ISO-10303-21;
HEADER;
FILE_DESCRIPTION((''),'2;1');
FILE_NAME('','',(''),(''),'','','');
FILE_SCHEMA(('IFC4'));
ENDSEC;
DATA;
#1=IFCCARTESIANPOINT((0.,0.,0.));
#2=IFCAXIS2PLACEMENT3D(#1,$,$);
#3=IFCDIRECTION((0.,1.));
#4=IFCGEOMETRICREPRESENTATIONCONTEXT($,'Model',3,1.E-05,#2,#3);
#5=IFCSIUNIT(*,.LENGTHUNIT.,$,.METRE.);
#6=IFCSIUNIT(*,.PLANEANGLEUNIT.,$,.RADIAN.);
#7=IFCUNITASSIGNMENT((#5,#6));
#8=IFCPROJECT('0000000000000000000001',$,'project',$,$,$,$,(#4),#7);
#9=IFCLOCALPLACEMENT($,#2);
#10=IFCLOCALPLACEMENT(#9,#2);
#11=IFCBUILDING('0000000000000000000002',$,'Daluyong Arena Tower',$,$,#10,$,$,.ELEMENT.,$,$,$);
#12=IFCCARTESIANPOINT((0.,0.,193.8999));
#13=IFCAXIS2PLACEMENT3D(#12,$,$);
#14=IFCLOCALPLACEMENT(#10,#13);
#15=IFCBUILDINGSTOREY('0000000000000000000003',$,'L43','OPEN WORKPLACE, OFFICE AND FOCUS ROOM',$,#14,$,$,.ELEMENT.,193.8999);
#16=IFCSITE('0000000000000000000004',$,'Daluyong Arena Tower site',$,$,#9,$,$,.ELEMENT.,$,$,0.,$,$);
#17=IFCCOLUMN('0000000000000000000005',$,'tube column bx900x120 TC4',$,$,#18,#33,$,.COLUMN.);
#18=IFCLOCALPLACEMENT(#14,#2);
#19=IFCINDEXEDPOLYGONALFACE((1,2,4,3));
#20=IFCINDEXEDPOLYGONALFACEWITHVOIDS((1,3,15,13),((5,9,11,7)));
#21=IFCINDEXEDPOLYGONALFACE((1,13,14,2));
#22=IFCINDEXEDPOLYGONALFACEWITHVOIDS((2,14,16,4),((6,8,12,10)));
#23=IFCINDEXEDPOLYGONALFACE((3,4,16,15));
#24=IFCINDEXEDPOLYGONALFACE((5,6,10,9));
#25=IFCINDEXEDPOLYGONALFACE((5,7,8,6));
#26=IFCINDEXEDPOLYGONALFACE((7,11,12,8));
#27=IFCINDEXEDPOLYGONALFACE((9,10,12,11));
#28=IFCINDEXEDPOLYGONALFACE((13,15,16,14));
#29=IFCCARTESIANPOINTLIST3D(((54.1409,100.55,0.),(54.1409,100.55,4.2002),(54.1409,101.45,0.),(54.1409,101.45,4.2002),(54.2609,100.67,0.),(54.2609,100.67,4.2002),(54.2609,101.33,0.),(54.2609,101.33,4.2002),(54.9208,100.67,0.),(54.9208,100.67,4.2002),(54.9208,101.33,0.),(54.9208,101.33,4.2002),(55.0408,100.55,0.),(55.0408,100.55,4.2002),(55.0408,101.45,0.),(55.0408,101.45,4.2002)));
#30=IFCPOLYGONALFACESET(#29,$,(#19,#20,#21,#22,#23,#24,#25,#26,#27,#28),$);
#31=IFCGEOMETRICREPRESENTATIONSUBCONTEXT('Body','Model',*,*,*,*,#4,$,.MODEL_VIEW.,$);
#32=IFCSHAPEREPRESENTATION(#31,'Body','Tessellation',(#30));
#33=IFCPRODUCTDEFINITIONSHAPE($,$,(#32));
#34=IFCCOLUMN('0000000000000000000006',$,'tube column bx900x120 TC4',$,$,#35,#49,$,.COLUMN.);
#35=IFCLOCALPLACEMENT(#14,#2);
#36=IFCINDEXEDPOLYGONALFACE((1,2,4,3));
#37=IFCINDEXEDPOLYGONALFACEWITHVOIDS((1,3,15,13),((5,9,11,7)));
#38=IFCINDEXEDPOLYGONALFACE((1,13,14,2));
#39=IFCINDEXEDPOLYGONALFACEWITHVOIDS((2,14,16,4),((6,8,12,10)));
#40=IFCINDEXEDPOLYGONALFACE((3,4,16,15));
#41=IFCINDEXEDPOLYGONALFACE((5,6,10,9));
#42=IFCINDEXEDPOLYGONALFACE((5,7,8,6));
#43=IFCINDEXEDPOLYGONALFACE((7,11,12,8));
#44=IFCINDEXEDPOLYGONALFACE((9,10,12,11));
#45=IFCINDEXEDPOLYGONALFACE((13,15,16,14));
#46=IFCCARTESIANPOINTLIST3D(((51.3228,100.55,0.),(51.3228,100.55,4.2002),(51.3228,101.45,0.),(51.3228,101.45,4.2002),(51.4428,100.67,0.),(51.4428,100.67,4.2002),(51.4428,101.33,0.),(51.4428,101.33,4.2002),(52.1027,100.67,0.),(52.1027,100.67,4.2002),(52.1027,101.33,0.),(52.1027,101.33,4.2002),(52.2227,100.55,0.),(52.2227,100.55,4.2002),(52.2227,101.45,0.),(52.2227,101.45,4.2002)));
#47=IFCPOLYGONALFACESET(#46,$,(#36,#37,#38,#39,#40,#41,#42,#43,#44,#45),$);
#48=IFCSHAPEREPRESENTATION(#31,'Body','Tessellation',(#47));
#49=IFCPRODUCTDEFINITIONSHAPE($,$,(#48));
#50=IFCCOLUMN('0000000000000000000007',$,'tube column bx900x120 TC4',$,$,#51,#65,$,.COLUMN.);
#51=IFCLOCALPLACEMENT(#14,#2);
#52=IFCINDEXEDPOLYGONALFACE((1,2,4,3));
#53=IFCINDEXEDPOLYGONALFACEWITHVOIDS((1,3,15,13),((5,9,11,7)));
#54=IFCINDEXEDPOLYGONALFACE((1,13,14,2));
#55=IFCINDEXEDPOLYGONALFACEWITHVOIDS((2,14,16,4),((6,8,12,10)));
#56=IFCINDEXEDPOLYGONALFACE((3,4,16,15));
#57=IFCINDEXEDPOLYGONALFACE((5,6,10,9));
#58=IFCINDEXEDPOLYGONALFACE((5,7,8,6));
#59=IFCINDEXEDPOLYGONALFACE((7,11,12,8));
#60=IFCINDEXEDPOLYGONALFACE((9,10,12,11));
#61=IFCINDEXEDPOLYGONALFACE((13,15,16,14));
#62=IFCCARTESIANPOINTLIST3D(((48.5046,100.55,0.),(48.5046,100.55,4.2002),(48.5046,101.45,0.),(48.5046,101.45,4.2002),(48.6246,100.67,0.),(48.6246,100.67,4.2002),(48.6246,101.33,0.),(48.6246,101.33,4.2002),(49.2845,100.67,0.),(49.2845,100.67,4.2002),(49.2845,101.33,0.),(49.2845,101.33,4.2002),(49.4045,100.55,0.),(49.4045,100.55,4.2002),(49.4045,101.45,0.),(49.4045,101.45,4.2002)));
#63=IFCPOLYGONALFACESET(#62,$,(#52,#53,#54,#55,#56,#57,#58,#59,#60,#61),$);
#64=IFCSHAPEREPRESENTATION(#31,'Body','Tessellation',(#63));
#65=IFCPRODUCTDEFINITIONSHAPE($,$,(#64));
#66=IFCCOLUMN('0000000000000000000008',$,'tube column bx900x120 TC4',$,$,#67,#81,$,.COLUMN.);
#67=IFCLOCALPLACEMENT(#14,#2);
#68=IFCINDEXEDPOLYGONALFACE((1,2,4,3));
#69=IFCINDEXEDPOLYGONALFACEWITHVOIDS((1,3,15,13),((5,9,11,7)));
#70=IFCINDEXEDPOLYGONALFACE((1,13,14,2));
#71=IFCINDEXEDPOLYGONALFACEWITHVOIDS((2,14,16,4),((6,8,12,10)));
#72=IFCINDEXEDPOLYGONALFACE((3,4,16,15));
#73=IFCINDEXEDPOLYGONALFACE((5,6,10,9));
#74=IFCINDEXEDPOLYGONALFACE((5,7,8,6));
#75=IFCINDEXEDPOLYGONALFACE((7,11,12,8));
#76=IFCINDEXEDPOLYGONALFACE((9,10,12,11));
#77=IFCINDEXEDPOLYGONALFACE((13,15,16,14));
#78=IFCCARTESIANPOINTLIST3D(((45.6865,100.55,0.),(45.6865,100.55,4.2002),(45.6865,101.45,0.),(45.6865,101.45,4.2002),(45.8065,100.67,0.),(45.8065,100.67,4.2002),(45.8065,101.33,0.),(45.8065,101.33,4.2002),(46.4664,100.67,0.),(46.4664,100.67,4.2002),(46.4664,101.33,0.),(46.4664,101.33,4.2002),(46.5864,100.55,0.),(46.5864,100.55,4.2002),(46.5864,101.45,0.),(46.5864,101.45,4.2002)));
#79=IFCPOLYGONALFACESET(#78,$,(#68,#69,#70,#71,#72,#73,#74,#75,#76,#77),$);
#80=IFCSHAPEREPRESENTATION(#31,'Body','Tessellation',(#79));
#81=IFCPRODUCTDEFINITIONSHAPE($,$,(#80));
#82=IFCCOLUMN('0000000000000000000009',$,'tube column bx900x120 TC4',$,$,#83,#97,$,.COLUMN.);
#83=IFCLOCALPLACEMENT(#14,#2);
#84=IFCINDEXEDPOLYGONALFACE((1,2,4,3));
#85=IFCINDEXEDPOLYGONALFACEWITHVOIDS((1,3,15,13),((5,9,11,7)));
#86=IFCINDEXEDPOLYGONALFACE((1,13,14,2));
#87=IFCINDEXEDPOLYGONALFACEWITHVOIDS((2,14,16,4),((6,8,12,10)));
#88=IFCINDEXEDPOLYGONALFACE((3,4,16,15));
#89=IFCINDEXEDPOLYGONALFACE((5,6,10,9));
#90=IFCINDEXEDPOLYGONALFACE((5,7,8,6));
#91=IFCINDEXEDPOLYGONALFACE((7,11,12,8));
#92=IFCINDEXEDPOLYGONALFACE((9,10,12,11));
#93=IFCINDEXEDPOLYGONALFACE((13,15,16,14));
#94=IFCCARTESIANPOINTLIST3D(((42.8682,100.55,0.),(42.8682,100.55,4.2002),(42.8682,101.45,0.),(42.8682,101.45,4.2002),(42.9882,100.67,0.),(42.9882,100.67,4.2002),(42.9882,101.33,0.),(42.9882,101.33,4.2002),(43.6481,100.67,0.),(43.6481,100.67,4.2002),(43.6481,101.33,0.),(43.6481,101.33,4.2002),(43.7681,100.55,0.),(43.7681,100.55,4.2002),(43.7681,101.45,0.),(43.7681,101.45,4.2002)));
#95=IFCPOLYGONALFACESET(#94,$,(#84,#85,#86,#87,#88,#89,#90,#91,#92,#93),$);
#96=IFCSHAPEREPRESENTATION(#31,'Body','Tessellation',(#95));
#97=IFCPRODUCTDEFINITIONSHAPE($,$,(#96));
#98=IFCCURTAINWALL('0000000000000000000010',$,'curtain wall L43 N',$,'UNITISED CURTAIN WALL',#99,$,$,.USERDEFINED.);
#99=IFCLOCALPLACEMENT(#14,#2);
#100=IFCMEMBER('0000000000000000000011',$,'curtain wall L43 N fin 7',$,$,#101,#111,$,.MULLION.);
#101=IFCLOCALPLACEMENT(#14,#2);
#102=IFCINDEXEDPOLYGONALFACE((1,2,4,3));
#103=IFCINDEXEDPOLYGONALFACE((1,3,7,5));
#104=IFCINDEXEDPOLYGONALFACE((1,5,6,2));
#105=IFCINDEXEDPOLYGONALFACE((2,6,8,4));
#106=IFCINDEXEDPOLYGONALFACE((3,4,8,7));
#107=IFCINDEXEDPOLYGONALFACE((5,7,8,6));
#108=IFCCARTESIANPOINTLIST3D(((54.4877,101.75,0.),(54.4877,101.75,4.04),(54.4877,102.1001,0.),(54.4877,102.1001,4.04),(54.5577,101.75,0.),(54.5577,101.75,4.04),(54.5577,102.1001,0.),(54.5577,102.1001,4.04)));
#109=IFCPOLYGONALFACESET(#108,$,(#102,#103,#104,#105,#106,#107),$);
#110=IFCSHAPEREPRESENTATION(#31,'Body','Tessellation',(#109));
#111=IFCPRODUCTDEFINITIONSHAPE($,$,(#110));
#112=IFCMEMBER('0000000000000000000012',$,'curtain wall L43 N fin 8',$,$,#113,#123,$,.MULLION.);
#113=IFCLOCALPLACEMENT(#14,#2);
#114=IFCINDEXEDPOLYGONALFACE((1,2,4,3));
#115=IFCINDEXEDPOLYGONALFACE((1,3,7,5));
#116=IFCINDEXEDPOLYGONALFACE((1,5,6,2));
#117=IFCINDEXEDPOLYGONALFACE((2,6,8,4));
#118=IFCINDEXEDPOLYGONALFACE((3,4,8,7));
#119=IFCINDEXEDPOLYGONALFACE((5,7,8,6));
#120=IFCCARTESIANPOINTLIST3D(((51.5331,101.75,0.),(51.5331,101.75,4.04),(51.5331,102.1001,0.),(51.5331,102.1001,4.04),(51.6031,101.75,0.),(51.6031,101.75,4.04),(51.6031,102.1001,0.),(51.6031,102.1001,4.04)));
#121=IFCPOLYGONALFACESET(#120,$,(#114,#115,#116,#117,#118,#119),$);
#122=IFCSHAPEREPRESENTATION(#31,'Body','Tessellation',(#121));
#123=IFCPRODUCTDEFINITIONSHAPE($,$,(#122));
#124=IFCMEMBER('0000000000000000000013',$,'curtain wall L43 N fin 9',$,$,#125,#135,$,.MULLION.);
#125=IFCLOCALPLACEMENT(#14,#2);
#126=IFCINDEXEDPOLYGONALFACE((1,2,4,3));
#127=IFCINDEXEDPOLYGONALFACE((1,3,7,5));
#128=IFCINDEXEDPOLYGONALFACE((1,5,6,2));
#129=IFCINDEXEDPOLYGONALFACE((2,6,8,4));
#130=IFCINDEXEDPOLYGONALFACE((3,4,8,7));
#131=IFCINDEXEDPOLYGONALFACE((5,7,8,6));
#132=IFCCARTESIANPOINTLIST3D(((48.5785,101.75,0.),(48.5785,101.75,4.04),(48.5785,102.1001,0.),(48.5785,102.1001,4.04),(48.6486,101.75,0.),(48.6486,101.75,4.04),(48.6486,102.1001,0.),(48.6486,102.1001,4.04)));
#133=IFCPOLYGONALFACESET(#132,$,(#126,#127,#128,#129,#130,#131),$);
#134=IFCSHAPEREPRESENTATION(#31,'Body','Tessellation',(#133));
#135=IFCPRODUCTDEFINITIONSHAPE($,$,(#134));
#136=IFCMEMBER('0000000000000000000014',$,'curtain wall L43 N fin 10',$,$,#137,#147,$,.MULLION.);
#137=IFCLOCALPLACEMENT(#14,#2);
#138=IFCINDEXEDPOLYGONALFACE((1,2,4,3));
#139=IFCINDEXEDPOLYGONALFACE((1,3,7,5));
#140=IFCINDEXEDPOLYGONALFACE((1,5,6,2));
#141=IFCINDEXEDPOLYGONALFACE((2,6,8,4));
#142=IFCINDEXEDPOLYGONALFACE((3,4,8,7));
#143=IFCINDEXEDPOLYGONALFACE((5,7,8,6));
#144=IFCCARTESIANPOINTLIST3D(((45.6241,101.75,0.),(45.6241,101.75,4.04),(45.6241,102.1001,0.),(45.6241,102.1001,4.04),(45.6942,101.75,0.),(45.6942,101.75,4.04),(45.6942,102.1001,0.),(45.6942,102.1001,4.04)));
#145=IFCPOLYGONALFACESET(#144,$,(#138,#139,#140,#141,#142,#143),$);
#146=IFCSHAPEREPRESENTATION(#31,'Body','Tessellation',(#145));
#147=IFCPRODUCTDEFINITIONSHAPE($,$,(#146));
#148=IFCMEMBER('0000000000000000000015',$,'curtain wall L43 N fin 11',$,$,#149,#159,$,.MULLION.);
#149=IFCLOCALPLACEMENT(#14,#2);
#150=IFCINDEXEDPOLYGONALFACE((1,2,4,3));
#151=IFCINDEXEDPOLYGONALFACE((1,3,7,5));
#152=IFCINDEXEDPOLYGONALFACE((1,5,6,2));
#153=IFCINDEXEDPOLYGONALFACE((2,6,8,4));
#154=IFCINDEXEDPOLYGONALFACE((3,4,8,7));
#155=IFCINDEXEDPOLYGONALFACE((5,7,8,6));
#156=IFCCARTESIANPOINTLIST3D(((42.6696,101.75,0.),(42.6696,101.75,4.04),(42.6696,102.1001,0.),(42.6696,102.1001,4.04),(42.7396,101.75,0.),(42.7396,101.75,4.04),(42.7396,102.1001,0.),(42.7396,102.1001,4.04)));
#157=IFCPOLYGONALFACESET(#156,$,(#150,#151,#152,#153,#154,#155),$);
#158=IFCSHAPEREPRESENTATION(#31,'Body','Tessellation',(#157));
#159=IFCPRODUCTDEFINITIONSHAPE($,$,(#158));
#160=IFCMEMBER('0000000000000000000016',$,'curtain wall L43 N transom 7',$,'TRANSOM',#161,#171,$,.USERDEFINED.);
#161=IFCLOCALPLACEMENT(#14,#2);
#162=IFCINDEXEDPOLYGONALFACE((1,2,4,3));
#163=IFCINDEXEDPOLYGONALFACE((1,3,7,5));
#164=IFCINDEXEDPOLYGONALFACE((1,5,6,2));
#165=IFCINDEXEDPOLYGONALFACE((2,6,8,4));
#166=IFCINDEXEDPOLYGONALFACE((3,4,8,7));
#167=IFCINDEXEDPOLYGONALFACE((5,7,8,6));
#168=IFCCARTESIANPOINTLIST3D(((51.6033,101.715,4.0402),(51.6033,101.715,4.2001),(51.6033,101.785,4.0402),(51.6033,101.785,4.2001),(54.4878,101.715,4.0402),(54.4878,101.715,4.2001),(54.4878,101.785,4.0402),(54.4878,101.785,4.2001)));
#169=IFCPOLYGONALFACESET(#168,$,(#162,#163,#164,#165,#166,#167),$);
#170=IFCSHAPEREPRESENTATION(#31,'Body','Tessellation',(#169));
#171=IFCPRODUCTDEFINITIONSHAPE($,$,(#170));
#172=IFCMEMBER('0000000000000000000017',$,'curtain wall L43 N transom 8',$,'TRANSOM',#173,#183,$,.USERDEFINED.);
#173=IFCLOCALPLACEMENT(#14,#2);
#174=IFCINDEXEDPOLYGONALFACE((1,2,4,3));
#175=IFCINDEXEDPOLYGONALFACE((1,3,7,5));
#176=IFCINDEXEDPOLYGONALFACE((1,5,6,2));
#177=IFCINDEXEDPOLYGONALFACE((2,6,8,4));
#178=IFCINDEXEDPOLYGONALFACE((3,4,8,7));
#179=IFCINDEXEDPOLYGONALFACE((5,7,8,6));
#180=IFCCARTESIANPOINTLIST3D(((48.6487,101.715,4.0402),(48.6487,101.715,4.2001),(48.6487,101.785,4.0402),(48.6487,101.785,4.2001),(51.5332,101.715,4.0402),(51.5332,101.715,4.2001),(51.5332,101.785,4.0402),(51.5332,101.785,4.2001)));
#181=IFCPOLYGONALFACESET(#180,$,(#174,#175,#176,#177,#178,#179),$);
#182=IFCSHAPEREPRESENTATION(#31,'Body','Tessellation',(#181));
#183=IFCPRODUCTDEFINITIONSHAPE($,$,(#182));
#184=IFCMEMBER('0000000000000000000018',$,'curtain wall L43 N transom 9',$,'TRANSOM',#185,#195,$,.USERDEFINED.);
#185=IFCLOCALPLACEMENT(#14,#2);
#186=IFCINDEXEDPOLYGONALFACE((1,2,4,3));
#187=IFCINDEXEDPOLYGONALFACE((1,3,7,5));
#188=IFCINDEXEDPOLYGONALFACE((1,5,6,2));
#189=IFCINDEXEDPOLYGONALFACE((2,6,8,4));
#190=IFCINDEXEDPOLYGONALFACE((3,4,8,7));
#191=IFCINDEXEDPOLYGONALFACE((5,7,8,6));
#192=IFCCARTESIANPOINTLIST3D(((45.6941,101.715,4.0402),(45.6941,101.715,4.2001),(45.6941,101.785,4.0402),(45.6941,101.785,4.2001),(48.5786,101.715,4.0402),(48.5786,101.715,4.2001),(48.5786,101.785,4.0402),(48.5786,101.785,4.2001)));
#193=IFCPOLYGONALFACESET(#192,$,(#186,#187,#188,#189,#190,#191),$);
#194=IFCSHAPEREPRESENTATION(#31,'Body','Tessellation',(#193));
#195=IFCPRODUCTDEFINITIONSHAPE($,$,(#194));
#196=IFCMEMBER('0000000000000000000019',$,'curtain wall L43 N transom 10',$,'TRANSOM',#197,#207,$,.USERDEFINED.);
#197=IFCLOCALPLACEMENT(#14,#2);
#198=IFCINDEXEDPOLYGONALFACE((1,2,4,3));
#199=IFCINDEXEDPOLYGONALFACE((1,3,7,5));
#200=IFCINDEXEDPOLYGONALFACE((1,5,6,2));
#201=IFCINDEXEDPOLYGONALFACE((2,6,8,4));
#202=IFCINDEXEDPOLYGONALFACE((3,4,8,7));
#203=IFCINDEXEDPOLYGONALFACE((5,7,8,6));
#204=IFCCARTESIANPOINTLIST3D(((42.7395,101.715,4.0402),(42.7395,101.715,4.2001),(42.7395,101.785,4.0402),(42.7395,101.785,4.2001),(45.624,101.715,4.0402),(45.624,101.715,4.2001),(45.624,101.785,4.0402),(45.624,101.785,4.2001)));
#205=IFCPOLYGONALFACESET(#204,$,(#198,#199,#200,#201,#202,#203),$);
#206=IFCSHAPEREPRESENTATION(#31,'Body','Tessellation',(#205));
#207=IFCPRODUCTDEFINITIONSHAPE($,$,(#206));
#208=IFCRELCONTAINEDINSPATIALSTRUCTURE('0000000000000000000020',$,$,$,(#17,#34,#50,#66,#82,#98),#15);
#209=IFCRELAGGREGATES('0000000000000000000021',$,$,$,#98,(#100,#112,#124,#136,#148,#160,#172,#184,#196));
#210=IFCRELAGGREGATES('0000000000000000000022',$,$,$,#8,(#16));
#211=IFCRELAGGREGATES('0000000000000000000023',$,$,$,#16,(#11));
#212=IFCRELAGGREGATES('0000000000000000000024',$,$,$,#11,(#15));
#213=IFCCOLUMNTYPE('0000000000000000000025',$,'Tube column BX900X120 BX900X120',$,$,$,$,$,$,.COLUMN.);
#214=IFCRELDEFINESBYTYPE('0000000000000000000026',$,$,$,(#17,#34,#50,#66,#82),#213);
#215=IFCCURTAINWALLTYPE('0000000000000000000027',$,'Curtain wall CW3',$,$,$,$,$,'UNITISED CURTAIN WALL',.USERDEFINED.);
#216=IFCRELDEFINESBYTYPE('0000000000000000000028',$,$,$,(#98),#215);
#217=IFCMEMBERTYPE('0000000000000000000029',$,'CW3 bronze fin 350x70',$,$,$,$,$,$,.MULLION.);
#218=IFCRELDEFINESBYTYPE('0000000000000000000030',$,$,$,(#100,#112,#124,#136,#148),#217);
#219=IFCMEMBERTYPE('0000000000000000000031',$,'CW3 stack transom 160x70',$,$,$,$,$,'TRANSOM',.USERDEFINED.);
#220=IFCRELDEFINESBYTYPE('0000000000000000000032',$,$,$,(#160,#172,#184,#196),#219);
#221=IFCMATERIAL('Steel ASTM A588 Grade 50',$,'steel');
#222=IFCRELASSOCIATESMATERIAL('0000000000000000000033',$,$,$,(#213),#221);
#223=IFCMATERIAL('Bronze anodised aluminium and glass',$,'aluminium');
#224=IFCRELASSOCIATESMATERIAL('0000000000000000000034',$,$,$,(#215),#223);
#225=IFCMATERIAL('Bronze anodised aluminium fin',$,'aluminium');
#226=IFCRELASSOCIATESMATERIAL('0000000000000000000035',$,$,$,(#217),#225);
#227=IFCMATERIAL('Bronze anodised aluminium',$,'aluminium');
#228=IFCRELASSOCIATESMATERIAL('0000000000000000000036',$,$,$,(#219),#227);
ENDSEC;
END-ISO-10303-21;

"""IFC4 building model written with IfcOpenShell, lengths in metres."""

from ifc_helpers import new_model, si_unit, direction, frame, origin, origin_2d, place, context, subcontext, project, spatial, rectangle, hollow_rectangle, extrude, material, material_profile, profile_set, type_object, element, aggregate, save


model = new_model("IFC4")

# Units and contexts
model_context = context("Model", 3, precision=1e-05, world=origin(), true_north=direction((0.0, 1.0)))
body_context = subcontext(model_context, "Body", "Model", "MODEL_VIEW")
ifc_project = project(units=[si_unit("LENGTHUNIT", "METRE"), si_unit("PLANEANGLEUNIT", "RADIAN")], contexts=[model_context])

# Site, building, storey
site_placement = place(None, origin())
site = spatial("IfcSite", under=ifc_project, at=site_placement, Name="Daluyong Arena Tower site", CompositionType="ELEMENT", RefElevation=0.0)
building_placement = place(site_placement, origin())
building = spatial("IfcBuilding", under=site, at=building_placement, Name="Daluyong Arena Tower", CompositionType="ELEMENT")
storey_placement = place(building_placement, frame((0.0, 0.0, 193.8999)))
storey = spatial("IfcBuildingStorey", under=building, at=storey_placement, Name="L43", Description="OPEN WORKPLACE, OFFICE AND FOCUS ROOM", CompositionType="ELEMENT", Elevation=193.8999)

# Columns
ifc_material_1 = material(Name="Steel ASTM A588 Grade 50", Category="steel")
ifc_material_profile_1 = material_profile(ifc_material_1, hollow_rectangle(XDim=0.8999, YDim=0.8999, WallThickness=0.12, at=origin_2d()))
ifc_profile_set_1 = profile_set([ifc_material_profile_1], Name="Steel ASTM A588 Grade 50")
column_type = type_object("IfcColumnType", Name="Tube column BX900X120 BX900X120", PredefinedType="COLUMN", material=ifc_profile_set_1)
for number, where, z_axis, x_axis, name in (
    (1, (54.5908, 101.0, 0.0), (0.0, 0.0, 1.0), (1.0, 0.0, 0.0), "tube column bx900x120 TC4"),
    (2, (51.7727, 101.0, 0.0), (0.0, 0.0, 1.0), (1.0, 0.0, 0.0), "tube column bx900x120 TC4"),
    (3, (48.9546, 101.0, 0.0), (0.0, 0.0, 1.0), (1.0, 0.0, 0.0), "tube column bx900x120 TC4"),
    (4, (46.1365, 101.0, 0.0), (0.0, 0.0, 1.0), (1.0, 0.0, 0.0), "tube column bx900x120 TC4"),
    (5, (43.3181, 101.0, 0.0), (0.0, 0.0, 1.0), (1.0, 0.0, 0.0), "tube column bx900x120 TC4"),
):
    element("IfcColumn", number, at=place(storey_placement, frame(where, z_axis=z_axis, x_axis=x_axis)), inside=storey, type_object=column_type, Name=name, PredefinedType="COLUMN", context=body_context, shape_type="SweptSolid", body=[
        extrude(hollow_rectangle(XDim=0.8999, YDim=0.8999, WallThickness=0.12, at=origin_2d()), origin(), (0.0, 0.0, 1.0), 4.2002),
    ])

# Curtain wall, members
ifc_material_2 = material(Name="Bronze anodised aluminium and glass", Category="aluminium")
curtain_wall_type = type_object("IfcCurtainWallType", Name="Curtain wall CW3", ElementType="UNITISED CURTAIN WALL", PredefinedType="USERDEFINED", material=ifc_material_2)
curtain_wall_placement = place(storey_placement, origin())
curtain_wall = element("IfcCurtainWall", 6, at=curtain_wall_placement, inside=storey, type_object=curtain_wall_type, Name="curtain wall L43 N", ObjectType="UNITISED CURTAIN WALL", PredefinedType="USERDEFINED")
ifc_material_3 = material(Name="Bronze anodised aluminium fin", Category="aluminium")
ifc_material_profile_2 = material_profile(ifc_material_3, rectangle(XDim=0.3501, YDim=0.0701, at=origin_2d()))
ifc_profile_set_2 = profile_set([ifc_material_profile_2], Name="Bronze anodised aluminium fin")
member_type_1 = type_object("IfcMemberType", Name="CW3 bronze fin 350x70", PredefinedType="MULLION", material=ifc_profile_set_2)
member_1_placement = place(storey_placement, frame((54.5227, 101.925, 0.0), z_axis=(0.0, 0.0, 1.0), x_axis=(0.0, -1.0, 0.0)))
member_1 = element("IfcMember", 7, at=member_1_placement, type_object=member_type_1, Name="curtain wall L43 N fin 7", PredefinedType="MULLION", context=body_context, shape_type="SweptSolid", body=[
    extrude(rectangle(XDim=0.3501, YDim=0.0701, at=origin_2d()), origin(), (0.0, 0.0, 1.0), 4.04),
])
member_2_placement = place(storey_placement, frame((51.5681, 101.925, 0.0), z_axis=(0.0, 0.0, 1.0), x_axis=(0.0, -1.0, 0.0)))
member_2 = element("IfcMember", 8, at=member_2_placement, type_object=member_type_1, Name="curtain wall L43 N fin 8", PredefinedType="MULLION", context=body_context, shape_type="SweptSolid", body=[
    extrude(rectangle(XDim=0.3501, YDim=0.0701, at=origin_2d()), origin(), (0.0, 0.0, 1.0), 4.04),
])
member_3_placement = place(storey_placement, frame((48.6135, 101.925, 0.0), z_axis=(0.0, 0.0, 1.0), x_axis=(0.0, -1.0, 0.0)))
member_3 = element("IfcMember", 9, at=member_3_placement, type_object=member_type_1, Name="curtain wall L43 N fin 9", PredefinedType="MULLION", context=body_context, shape_type="SweptSolid", body=[
    extrude(rectangle(XDim=0.3501, YDim=0.0701, at=origin_2d()), origin(), (0.0, 0.0, 1.0), 4.04),
])
member_4_placement = place(storey_placement, frame((45.6592, 101.925, 0.0), z_axis=(0.0, 0.0, 1.0), x_axis=(0.0, -1.0, 0.0)))
member_4 = element("IfcMember", 10, at=member_4_placement, type_object=member_type_1, Name="curtain wall L43 N fin 10", PredefinedType="MULLION", context=body_context, shape_type="SweptSolid", body=[
    extrude(rectangle(XDim=0.3501, YDim=0.0701, at=origin_2d()), origin(), (0.0, 0.0, 1.0), 4.04),
])
member_5_placement = place(storey_placement, frame((42.7046, 101.925, 0.0), z_axis=(0.0, 0.0, 1.0), x_axis=(0.0, -1.0, 0.0)))
member_5 = element("IfcMember", 11, at=member_5_placement, type_object=member_type_1, Name="curtain wall L43 N fin 11", PredefinedType="MULLION", context=body_context, shape_type="SweptSolid", body=[
    extrude(rectangle(XDim=0.3501, YDim=0.0701, at=origin_2d()), origin(), (0.0, 0.0, 1.0), 4.04),
])
ifc_material_4 = material(Name="Bronze anodised aluminium", Category="aluminium")
ifc_material_profile_3 = material_profile(ifc_material_4, rectangle(XDim=0.0701, YDim=0.1599, at=origin_2d()))
ifc_profile_set_3 = profile_set([ifc_material_profile_3], Name="Bronze anodised aluminium")
member_type_2 = type_object("IfcMemberType", Name="CW3 stack transom 160x70", ElementType="TRANSOM", PredefinedType="USERDEFINED", material=ifc_profile_set_3)
member_6_placement = place(storey_placement, frame((54.4878, 101.75, 4.1201), z_axis=(-1.0, 0.0, 0.0), x_axis=(0.0, -1.0, 0.0)))
member_6 = element("IfcMember", 12, at=member_6_placement, type_object=member_type_2, Name="curtain wall L43 N transom 7", ObjectType="TRANSOM", PredefinedType="USERDEFINED", context=body_context, shape_type="SweptSolid", body=[
    extrude(rectangle(XDim=0.0701, YDim=0.1599, at=origin_2d()), origin(), (0.0, 0.0, 1.0), 2.8845),
])
member_7_placement = place(storey_placement, frame((51.5332, 101.75, 4.1201), z_axis=(-1.0, 0.0, 0.0), x_axis=(0.0, -1.0, 0.0)))
member_7 = element("IfcMember", 13, at=member_7_placement, type_object=member_type_2, Name="curtain wall L43 N transom 8", ObjectType="TRANSOM", PredefinedType="USERDEFINED", context=body_context, shape_type="SweptSolid", body=[
    extrude(rectangle(XDim=0.0701, YDim=0.1599, at=origin_2d()), origin(), (0.0, 0.0, 1.0), 2.8845),
])
member_8_placement = place(storey_placement, frame((48.5786, 101.75, 4.1201), z_axis=(-1.0, 0.0, 0.0), x_axis=(0.0, -1.0, 0.0)))
member_8 = element("IfcMember", 14, at=member_8_placement, type_object=member_type_2, Name="curtain wall L43 N transom 9", ObjectType="TRANSOM", PredefinedType="USERDEFINED", context=body_context, shape_type="SweptSolid", body=[
    extrude(rectangle(XDim=0.0701, YDim=0.1599, at=origin_2d()), origin(), (0.0, 0.0, 1.0), 2.8845),
])
member_9_placement = place(storey_placement, frame((45.624, 101.75, 4.1201), z_axis=(-1.0, 0.0, 0.0), x_axis=(0.0, -1.0, 0.0)))
member_9 = element("IfcMember", 15, at=member_9_placement, type_object=member_type_2, Name="curtain wall L43 N transom 10", ObjectType="TRANSOM", PredefinedType="USERDEFINED", context=body_context, shape_type="SweptSolid", body=[
    extrude(rectangle(XDim=0.0701, YDim=0.1599, at=origin_2d()), origin(), (0.0, 0.0, 1.0), 2.8845),
])

aggregate(curtain_wall, [member_1, member_2, member_3, member_4, member_5, member_6, member_7, member_8, member_9])

save(model, "model.ifc")
